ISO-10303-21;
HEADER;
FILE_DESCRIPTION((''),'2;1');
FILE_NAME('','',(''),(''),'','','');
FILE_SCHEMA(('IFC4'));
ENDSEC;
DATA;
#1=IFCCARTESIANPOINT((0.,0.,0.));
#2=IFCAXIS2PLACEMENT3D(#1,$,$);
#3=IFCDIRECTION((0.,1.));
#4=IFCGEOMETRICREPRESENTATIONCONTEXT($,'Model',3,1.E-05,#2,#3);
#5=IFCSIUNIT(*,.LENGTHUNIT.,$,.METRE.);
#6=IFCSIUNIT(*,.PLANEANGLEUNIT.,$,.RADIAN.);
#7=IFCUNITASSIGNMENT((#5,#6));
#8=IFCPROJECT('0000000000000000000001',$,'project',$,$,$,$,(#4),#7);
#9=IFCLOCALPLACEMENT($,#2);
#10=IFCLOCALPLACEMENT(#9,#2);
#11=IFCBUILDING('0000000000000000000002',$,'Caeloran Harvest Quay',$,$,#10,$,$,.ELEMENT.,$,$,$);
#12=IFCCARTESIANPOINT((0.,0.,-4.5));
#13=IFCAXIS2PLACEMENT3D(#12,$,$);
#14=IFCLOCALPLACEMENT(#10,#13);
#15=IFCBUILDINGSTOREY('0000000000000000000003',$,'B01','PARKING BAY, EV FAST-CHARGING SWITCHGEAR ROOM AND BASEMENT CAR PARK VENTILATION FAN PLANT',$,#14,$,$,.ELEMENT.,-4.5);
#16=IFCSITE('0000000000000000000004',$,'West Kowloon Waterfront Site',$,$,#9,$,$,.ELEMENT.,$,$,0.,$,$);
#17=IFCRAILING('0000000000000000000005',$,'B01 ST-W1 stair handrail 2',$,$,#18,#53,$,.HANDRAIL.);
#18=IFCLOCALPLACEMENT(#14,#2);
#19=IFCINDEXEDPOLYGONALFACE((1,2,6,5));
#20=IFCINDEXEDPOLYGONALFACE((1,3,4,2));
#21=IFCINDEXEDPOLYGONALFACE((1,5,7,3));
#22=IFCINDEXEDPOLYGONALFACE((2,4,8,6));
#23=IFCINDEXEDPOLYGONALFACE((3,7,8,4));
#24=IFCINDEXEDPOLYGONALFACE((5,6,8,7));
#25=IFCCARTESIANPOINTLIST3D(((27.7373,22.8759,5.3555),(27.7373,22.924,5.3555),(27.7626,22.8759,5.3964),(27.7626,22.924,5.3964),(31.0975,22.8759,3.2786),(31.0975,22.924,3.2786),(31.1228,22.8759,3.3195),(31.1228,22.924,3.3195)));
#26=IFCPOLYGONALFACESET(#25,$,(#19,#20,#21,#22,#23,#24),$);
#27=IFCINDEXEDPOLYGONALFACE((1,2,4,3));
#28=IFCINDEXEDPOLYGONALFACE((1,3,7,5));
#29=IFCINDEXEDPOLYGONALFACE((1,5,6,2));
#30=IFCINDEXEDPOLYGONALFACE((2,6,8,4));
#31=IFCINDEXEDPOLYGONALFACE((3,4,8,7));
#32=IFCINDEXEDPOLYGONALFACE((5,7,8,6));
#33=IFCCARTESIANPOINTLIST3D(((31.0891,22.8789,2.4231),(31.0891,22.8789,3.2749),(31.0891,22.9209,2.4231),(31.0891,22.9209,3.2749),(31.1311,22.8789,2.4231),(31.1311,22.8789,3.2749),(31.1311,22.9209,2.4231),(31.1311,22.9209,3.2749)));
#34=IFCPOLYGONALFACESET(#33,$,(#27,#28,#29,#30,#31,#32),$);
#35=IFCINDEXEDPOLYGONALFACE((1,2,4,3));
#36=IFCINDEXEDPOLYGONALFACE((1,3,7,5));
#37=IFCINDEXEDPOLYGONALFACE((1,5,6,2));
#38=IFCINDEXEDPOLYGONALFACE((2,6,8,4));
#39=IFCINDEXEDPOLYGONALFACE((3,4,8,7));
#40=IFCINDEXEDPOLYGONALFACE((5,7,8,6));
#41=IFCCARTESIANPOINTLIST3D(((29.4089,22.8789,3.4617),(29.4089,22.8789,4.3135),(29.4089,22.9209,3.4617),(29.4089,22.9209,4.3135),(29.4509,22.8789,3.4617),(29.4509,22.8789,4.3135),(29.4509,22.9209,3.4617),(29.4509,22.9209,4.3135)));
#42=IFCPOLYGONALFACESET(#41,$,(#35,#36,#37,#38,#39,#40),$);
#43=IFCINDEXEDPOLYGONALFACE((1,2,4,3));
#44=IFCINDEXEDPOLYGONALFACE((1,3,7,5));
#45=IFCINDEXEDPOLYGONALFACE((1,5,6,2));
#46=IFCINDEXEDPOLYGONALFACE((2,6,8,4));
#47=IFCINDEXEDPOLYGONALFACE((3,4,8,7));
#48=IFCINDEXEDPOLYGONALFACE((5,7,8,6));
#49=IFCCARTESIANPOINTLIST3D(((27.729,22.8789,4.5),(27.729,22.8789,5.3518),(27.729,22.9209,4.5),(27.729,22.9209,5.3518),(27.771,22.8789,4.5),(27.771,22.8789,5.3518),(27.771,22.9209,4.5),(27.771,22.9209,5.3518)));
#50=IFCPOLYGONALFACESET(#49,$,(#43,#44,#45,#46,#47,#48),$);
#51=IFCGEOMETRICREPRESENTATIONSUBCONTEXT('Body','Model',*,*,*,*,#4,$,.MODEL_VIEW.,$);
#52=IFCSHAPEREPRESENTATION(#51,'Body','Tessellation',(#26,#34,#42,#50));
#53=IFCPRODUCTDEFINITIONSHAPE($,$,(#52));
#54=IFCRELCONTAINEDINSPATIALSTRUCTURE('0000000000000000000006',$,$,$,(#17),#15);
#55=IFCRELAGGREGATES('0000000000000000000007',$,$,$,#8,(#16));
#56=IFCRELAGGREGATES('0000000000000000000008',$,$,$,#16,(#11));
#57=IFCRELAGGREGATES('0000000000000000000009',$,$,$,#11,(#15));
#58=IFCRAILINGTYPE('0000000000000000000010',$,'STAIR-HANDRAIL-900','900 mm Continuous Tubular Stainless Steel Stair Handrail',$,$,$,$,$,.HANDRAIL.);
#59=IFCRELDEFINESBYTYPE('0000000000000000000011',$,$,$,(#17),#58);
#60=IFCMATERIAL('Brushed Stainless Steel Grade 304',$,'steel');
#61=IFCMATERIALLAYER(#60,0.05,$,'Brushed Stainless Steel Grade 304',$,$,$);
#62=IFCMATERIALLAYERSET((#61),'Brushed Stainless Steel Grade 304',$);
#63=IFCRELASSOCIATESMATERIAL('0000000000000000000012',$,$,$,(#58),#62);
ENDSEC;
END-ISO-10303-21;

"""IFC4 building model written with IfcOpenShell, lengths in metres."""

from ifc_helpers import new_model, si_unit, direction, frame, origin, origin_2d, place, context, subcontext, project, spatial, rectangle, extrude, material, layer, layer_set, type_object, element, save


model = new_model("IFC4")

# Units and contexts
model_context = context("Model", 3, precision=1e-05, world=origin(), true_north=direction((0.0, 1.0)))
body_context = subcontext(model_context, "Body", "Model", "MODEL_VIEW")
ifc_project = project(units=[si_unit("LENGTHUNIT", "METRE"), si_unit("PLANEANGLEUNIT", "RADIAN")], contexts=[model_context])

# Site, building, storey
site_placement = place(None, origin())
site = spatial("IfcSite", under=ifc_project, at=site_placement, Name="West Kowloon Waterfront Site", CompositionType="ELEMENT", RefElevation=0.0)
building_placement = place(site_placement, origin())
building = spatial("IfcBuilding", under=site, at=building_placement, Name="Caeloran Harvest Quay", CompositionType="ELEMENT")
storey_placement = place(building_placement, frame((0.0, 0.0, -4.5)))
storey = spatial("IfcBuildingStorey", under=building, at=storey_placement, Name="B01", Description="PARKING BAY, EV FAST-CHARGING SWITCHGEAR ROOM AND BASEMENT CAR PARK VENTILATION FAN PLANT", CompositionType="ELEMENT", Elevation=-4.5)

# Railing
ifc_material_1 = material(Name="Brushed Stainless Steel Grade 304", Category="steel")
ifc_layer_1 = layer(ifc_material_1, 0.05, Name="Brushed Stainless Steel Grade 304")
ifc_layer_set_1 = layer_set([ifc_layer_1], Name="Brushed Stainless Steel Grade 304")
railing_type_1 = type_object("IfcRailingType", Name="STAIR-HANDRAIL-900", Description="900 mm Continuous Tubular Stainless Steel Stair Handrail", PredefinedType="HANDRAIL", material=ifc_layer_set_1)
railing_1_placement = place(storey_placement, frame((31.1101, 22.8999, 2.4231)))
element("IfcRailing", 1, at=railing_1_placement, inside=storey, type_object=railing_type_1, Name="B01 ST-W1 stair handrail 2", PredefinedType="HANDRAIL", context=body_context, shape_type="SweptSolid", body=[
    extrude(rectangle(XDim=0.0481, YDim=0.0481, at=origin_2d()), frame((0.0, 0.0, 0.876), z_axis=(-0.850623, 0.0, 0.525776), x_axis=(0.0, -1.0, 0.0)), (0.0, 0.0, 1.0), 3.9502),
    extrude(rectangle(XDim=0.042, YDim=0.042, at=origin_2d()), origin(), (0.0, 0.0, 1.0), 0.8518),
    extrude(rectangle(XDim=0.042, YDim=0.042, at=origin_2d()), frame((-1.6802, 0.0, 1.0386)), (0.0, 0.0, 1.0), 0.8518),
    extrude(rectangle(XDim=0.042, YDim=0.042, at=origin_2d()), frame((-3.3601, 0.0, 2.0769)), (0.0, 0.0, 1.0), 0.8518),
])

save(model, "model.ifc")
